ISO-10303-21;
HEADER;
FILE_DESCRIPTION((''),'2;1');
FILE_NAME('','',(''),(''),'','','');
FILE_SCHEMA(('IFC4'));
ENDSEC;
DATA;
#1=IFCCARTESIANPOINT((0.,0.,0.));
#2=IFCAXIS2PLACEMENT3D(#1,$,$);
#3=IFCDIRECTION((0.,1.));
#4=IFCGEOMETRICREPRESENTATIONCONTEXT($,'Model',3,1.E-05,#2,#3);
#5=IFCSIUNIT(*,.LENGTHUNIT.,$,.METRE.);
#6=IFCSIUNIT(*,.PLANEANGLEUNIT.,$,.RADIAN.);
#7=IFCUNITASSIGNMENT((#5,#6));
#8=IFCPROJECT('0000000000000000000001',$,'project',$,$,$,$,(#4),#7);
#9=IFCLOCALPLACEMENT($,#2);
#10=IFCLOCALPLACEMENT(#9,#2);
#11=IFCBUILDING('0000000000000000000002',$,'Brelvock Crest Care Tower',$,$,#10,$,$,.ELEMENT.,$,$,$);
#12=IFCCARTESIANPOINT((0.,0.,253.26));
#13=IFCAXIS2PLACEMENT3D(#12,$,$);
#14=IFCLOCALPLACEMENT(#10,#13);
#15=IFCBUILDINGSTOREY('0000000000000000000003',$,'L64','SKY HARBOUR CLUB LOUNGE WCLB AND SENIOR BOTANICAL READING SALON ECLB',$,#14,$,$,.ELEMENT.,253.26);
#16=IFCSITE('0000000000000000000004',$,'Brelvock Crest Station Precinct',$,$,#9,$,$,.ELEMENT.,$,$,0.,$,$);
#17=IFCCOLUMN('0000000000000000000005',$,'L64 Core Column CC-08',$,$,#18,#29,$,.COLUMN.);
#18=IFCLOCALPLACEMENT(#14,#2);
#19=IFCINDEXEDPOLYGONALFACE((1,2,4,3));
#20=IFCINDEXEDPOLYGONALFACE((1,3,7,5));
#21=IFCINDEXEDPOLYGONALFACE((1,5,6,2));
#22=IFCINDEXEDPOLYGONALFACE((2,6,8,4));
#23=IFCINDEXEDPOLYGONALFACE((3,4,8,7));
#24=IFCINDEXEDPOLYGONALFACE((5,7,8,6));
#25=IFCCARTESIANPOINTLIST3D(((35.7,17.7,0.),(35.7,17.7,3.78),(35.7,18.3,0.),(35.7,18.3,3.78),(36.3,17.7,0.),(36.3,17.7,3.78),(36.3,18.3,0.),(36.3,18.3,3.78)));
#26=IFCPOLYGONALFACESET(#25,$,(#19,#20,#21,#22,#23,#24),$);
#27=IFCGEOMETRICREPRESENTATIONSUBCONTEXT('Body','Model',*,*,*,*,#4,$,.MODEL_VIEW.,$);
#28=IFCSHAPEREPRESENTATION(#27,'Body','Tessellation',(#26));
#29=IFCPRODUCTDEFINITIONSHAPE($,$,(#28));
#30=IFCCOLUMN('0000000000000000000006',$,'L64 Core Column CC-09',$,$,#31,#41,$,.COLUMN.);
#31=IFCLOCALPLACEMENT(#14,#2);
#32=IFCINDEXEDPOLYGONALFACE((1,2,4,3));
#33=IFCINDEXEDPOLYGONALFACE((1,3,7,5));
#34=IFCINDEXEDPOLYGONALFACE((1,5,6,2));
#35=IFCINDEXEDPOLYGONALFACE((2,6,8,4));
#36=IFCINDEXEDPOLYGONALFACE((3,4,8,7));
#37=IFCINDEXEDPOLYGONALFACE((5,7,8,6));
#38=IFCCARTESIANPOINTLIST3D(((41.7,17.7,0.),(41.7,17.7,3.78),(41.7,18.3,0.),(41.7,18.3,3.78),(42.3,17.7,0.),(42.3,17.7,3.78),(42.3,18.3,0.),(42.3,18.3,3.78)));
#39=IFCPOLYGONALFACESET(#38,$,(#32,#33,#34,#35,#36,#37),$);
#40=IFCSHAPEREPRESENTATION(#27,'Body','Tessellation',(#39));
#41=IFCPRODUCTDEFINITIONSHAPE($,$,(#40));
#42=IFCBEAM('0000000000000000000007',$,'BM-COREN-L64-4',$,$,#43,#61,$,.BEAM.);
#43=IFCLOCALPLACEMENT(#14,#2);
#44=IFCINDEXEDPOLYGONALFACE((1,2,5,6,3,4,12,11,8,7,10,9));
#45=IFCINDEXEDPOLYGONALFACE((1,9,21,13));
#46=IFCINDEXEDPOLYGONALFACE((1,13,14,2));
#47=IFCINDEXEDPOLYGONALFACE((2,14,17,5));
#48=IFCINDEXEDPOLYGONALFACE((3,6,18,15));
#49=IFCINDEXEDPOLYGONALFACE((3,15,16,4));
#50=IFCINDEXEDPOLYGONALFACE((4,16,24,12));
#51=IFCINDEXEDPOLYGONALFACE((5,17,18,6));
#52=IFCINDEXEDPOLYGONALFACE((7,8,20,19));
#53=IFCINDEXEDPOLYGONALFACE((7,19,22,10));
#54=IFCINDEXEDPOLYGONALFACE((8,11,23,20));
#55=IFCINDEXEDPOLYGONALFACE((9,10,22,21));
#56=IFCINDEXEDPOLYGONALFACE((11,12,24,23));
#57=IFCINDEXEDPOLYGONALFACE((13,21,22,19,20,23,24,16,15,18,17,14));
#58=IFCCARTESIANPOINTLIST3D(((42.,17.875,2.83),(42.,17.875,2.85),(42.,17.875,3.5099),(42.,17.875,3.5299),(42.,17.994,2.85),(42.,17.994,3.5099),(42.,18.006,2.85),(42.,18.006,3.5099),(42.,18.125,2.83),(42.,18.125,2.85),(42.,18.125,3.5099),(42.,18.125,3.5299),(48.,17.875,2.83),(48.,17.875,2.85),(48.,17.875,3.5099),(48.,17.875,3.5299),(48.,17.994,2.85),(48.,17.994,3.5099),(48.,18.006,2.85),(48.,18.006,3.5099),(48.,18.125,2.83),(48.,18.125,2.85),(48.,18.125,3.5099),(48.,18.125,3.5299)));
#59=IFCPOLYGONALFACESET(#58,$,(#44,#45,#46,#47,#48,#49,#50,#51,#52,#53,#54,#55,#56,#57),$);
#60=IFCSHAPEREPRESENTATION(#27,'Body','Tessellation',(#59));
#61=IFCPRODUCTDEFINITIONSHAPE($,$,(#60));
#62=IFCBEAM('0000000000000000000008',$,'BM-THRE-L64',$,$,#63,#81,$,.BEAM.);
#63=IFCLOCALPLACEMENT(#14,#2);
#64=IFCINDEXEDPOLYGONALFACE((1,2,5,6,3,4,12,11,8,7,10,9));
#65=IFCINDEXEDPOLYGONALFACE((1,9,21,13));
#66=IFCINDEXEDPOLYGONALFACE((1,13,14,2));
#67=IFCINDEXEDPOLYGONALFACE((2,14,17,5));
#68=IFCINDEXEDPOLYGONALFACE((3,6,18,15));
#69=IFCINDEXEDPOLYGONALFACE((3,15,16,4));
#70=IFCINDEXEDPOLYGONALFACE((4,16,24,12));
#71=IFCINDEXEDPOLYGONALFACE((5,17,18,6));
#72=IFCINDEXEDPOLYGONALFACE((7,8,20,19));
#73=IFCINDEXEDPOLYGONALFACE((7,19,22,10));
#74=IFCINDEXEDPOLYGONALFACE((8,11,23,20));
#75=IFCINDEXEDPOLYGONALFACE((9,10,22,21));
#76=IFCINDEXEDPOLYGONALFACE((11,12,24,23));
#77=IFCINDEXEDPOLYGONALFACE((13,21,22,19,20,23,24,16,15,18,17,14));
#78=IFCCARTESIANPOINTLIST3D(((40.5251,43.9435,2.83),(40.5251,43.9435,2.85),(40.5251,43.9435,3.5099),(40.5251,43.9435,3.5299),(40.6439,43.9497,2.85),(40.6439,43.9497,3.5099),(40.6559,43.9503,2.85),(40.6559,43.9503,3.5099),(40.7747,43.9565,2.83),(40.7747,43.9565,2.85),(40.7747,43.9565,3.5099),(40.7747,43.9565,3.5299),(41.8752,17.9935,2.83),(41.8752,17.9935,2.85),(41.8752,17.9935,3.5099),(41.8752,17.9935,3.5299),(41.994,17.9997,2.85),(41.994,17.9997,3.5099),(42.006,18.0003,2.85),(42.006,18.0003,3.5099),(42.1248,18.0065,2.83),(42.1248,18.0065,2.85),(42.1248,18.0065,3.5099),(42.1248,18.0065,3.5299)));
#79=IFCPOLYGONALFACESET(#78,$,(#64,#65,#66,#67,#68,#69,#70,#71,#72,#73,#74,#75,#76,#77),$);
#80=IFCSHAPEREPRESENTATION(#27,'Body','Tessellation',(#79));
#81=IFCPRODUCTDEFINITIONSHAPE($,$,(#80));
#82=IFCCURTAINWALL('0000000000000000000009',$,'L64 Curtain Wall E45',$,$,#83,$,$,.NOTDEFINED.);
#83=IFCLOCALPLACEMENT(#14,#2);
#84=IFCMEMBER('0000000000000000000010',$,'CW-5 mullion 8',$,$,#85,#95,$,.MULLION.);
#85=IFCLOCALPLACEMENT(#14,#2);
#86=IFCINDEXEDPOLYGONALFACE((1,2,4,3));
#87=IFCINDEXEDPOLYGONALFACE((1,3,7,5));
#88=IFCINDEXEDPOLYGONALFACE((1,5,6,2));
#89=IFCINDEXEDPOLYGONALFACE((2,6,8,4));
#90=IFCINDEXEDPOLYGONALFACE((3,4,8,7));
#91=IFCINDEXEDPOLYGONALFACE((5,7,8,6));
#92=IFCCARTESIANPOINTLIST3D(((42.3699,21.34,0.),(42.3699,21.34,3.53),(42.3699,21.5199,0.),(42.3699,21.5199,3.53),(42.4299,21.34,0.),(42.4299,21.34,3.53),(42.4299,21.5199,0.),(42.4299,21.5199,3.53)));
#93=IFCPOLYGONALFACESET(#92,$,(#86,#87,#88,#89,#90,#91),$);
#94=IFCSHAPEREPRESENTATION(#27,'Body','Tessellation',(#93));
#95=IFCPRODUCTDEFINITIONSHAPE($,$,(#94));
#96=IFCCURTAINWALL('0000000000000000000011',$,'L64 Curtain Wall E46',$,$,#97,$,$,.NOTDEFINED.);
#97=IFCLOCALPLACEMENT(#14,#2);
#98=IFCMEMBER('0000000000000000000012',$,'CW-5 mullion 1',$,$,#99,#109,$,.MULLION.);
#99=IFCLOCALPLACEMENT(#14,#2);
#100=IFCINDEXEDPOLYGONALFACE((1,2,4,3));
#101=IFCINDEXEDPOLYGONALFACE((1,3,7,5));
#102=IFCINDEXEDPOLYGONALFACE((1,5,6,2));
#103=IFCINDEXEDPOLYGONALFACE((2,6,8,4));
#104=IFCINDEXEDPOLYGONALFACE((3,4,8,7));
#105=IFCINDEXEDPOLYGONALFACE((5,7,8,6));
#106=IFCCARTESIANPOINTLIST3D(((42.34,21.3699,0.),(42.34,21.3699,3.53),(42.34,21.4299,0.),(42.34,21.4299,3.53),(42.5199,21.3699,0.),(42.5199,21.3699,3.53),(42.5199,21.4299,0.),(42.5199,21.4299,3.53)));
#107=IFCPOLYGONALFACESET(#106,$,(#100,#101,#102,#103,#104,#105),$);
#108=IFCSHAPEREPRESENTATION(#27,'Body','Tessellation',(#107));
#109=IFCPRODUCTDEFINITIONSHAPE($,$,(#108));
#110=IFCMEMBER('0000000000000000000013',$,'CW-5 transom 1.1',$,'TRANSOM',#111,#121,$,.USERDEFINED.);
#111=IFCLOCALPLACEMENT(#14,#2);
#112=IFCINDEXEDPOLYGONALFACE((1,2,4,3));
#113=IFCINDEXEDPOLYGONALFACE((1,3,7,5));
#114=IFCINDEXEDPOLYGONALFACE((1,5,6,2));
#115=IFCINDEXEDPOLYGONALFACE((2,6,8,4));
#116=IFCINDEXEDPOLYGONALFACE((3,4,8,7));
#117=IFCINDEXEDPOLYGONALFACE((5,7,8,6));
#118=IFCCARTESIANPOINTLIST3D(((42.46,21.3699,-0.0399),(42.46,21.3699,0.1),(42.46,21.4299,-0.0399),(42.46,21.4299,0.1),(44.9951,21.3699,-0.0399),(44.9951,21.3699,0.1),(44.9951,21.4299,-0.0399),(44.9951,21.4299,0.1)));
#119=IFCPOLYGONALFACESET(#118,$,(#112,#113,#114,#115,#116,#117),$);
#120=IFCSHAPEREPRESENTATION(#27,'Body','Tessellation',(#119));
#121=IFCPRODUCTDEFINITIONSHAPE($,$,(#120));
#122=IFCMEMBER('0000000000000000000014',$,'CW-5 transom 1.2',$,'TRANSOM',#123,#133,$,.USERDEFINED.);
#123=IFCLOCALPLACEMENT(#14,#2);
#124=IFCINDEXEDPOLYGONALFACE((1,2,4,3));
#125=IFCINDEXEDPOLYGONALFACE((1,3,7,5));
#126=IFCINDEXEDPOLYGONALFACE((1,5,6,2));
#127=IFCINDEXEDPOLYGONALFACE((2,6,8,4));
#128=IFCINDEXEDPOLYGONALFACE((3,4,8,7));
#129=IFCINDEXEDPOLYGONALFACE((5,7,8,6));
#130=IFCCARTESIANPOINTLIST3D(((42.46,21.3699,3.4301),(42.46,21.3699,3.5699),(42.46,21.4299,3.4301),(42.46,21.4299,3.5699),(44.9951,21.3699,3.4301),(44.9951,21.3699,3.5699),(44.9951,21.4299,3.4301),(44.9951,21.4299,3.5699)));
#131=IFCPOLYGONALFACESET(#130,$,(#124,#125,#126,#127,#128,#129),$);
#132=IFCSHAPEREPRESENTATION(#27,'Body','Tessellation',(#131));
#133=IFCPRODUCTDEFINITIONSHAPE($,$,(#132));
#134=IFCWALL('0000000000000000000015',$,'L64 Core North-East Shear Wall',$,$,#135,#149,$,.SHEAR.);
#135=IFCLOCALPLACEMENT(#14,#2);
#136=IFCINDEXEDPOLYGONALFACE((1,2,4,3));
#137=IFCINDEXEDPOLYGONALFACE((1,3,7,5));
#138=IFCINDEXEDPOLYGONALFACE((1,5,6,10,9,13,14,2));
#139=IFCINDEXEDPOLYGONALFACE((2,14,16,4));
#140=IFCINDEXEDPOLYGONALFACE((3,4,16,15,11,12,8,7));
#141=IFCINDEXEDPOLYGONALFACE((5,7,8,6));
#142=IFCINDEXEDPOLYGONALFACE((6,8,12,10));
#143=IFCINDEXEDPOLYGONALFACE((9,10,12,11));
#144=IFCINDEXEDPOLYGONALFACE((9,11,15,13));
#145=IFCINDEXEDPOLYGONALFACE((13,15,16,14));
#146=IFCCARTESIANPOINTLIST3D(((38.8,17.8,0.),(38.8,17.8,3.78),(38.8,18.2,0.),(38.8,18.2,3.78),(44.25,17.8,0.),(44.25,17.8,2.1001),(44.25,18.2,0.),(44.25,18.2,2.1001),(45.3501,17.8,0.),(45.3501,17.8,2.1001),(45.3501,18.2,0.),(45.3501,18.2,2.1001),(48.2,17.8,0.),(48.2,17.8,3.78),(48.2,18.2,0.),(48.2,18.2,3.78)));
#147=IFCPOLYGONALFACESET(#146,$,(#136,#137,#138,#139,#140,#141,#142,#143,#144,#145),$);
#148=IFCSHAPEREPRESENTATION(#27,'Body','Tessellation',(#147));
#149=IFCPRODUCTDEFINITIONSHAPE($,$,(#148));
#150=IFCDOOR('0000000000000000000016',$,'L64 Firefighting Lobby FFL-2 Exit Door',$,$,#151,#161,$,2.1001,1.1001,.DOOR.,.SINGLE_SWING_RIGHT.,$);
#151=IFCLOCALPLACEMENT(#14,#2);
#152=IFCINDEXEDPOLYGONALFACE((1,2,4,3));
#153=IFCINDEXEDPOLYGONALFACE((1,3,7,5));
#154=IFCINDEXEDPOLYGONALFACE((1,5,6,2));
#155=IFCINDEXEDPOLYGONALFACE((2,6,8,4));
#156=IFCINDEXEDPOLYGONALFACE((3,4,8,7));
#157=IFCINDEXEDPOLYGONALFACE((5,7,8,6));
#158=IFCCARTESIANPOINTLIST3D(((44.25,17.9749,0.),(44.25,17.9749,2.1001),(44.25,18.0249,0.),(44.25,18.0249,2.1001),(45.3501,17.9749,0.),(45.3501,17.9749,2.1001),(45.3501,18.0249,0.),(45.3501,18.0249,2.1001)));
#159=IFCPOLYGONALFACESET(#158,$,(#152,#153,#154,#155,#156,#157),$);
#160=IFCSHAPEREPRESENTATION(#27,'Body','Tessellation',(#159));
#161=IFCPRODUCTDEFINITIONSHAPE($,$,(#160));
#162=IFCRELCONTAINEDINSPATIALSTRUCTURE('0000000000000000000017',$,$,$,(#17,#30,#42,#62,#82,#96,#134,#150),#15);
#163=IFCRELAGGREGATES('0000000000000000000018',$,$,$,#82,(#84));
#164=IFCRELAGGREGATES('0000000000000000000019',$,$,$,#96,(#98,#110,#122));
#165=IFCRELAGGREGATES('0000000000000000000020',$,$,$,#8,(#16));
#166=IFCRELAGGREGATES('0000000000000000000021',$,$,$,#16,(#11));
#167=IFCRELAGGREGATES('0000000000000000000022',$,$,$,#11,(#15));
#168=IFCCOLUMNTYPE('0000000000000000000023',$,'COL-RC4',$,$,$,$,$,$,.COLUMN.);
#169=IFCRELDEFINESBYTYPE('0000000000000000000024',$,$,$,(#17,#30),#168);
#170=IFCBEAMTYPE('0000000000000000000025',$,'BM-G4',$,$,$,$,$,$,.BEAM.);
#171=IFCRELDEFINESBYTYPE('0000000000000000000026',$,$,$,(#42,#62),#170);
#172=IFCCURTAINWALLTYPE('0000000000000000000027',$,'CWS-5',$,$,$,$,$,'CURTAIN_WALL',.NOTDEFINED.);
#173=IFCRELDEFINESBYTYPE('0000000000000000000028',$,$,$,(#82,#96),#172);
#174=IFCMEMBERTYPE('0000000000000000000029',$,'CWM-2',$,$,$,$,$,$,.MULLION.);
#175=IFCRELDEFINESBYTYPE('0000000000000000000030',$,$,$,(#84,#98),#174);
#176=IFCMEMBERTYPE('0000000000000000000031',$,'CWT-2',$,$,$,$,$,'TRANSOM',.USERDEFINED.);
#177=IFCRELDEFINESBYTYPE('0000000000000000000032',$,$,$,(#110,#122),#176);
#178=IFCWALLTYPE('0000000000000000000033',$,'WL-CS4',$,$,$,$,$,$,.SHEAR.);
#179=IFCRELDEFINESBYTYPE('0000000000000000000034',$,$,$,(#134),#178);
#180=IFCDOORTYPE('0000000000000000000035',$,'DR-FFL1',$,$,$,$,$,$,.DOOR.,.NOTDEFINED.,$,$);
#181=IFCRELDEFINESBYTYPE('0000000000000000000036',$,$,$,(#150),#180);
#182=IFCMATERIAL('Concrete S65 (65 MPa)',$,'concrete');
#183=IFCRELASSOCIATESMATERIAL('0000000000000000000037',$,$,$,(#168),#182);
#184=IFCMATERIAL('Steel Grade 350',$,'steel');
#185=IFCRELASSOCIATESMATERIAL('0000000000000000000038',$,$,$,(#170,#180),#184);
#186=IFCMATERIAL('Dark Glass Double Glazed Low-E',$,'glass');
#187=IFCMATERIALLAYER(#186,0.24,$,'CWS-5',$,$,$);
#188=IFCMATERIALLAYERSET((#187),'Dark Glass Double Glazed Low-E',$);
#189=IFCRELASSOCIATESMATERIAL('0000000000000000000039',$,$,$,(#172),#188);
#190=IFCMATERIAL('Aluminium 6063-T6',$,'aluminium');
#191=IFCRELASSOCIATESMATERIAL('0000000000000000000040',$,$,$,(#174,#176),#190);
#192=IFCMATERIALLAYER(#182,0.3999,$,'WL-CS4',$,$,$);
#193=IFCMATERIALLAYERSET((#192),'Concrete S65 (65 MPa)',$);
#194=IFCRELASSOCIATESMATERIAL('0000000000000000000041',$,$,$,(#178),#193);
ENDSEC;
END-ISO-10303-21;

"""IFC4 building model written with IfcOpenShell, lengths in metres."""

from ifc_helpers import new_model, si_unit, direction, frame, frame_2d, origin, origin_2d, place, context, subcontext, project, spatial, rectangle, i_section, extrude, source, transform, mapped, material, layer, layer_set, material_profile, profile_set, type_object, element, fill, aggregate, save


model = new_model("IFC4")

# Units and contexts
model_context = context("Model", 3, precision=1e-05, world=origin(), true_north=direction((0.0, 1.0)))
body_context = subcontext(model_context, "Body", "Model", "MODEL_VIEW")
ifc_project = project(units=[si_unit("LENGTHUNIT", "METRE"), si_unit("PLANEANGLEUNIT", "RADIAN")], contexts=[model_context])

# Site, building, storey
site_placement = place(None, origin())
site = spatial("IfcSite", under=ifc_project, at=site_placement, Name="Brelvock Crest Station Precinct", CompositionType="ELEMENT", RefElevation=0.0)
building_placement = place(site_placement, origin())
building = spatial("IfcBuilding", under=site, at=building_placement, Name="Brelvock Crest Care Tower", CompositionType="ELEMENT")
storey_placement = place(building_placement, frame((0.0, 0.0, 253.26)))
storey = spatial("IfcBuildingStorey", under=building, at=storey_placement, Name="L64", Description="SKY HARBOUR CLUB LOUNGE WCLB AND SENIOR BOTANICAL READING SALON ECLB", CompositionType="ELEMENT", Elevation=253.26)

# Columns
ifc_material_1 = material(Name="Concrete S65 (65 MPa)", Category="concrete")
ifc_material_profile_1 = material_profile(ifc_material_1, rectangle(XDim=0.6001, YDim=0.6001, at=origin_2d()), Name="RC600x600")
ifc_profile_set_1 = profile_set([ifc_material_profile_1], Name="Concrete S65 (65 MPa)")
column_type = type_object("IfcColumnType", Name="COL-RC4", PredefinedType="COLUMN", material=ifc_profile_set_1)
shared_shape_1 = source(origin(), body_context, "Body", "SweptSolid", [
    extrude(rectangle(XDim=0.6001, YDim=0.6001, at=origin_2d()), origin(), (0.0, 0.0, 1.0), 3.78),
])
for number, where, z_axis, x_axis, name in (
    (1, (36.0, 18.0, 0.0), (0.0, 0.0, 1.0), (1.0, 0.0, 0.0), "L64 Core Column CC-08"),
    (2, (42.0, 18.0, 0.0), (0.0, 0.0, 1.0), (1.0, 0.0, 0.0), "L64 Core Column CC-09"),
):
    element("IfcColumn", number, at=place(storey_placement, frame(where, z_axis=z_axis, x_axis=x_axis)), inside=storey, type_object=column_type, Name=name, PredefinedType="COLUMN", context=body_context, shape_type="MappedRepresentation", body=[
        mapped(shared_shape_1, transform((0.0, 0.0, 0.0), x_axis=(1.0, 0.0, 0.0), y_axis=(0.0, 1.0, 0.0), z_axis=(0.0, 0.0, 1.0), scale=1.0)),
    ])

# Beams
ifc_material_2 = material(Name="Steel Grade 350", Category="steel")
ifc_material_profile_2 = material_profile(ifc_material_2, i_section(OverallWidth=0.25, OverallDepth=0.7, WebThickness=0.012, FlangeThickness=0.02, at=origin_2d()), Name="700WB150")
ifc_profile_set_2 = profile_set([ifc_material_profile_2], Name="Steel Grade 350")
beam_type = type_object("IfcBeamType", Name="BM-G4", PredefinedType="BEAM", material=ifc_profile_set_2)
shared_shape_2 = source(origin(), body_context, "Body", "SweptSolid", [
    extrude(i_section(OverallWidth=0.25, OverallDepth=0.7, WebThickness=0.012, FlangeThickness=0.02, at=origin_2d()), origin(), (0.0, 0.0, 1.0), 6.0),
])
beam_1_placement = place(storey_placement, frame((42.0, 18.0, 3.1799), z_axis=(1.0, 0.0, 0.0), x_axis=(0.0, 1.0, 0.0)))
element("IfcBeam", 3, at=beam_1_placement, inside=storey, type_object=beam_type, Name="BM-COREN-L64-4", PredefinedType="BEAM", context=body_context, shape_type="MappedRepresentation", body=[
    mapped(shared_shape_2, transform((0.0, 0.0, 0.0), x_axis=(1.0, 0.0, 0.0), y_axis=(0.0, 1.0, 0.0), z_axis=(0.0, 0.0, 1.0), scale=1.0)),
])
shared_shape_3 = source(origin(), body_context, "Body", "SweptSolid", [
    extrude(i_section(OverallWidth=0.25, OverallDepth=0.7, WebThickness=0.012, FlangeThickness=0.02, at=origin_2d()), origin(), (0.0, 0.0, 1.0), 25.9851),
])
beam_2_placement = place(storey_placement, frame((42.0, 18.0, 3.1799), z_axis=(-0.051957, 0.998649, 0.0), x_axis=(-0.998649, -0.051957, 0.0)))
element("IfcBeam", 4, at=beam_2_placement, inside=storey, type_object=beam_type, Name="BM-THRE-L64", PredefinedType="BEAM", context=body_context, shape_type="MappedRepresentation", body=[
    mapped(shared_shape_3, transform((0.0, 0.0, 0.0), x_axis=(1.0, 0.0, 0.0), y_axis=(0.0, 1.0, 0.0), z_axis=(0.0, 0.0, 1.0), scale=1.0)),
])

# Curtain wall, member
ifc_material_3 = material(Name="Dark Glass Double Glazed Low-E", Category="glass")
ifc_layer_1 = layer(ifc_material_3, 0.24, Name="CWS-5")
ifc_layer_set_1 = layer_set([ifc_layer_1], Name="Dark Glass Double Glazed Low-E")
curtain_wall_type = type_object("IfcCurtainWallType", Name="CWS-5", ElementType="CURTAIN_WALL", PredefinedType="NOTDEFINED", material=ifc_layer_set_1)
curtain_wall_1_placement = place(storey_placement, origin())
curtain_wall_1 = element("IfcCurtainWall", 5, at=curtain_wall_1_placement, inside=storey, type_object=curtain_wall_type, Name="L64 Curtain Wall E45", PredefinedType="NOTDEFINED")
ifc_material_4 = material(Name="Aluminium 6063-T6", Category="aluminium")
ifc_material_profile_3 = material_profile(ifc_material_4, rectangle(XDim=0.0601, YDim=0.1799, at=origin_2d()), Name="ALU60x180")
ifc_profile_set_3 = profile_set([ifc_material_profile_3], Name="Aluminium 6063-T6")
member_type_1 = type_object("IfcMemberType", Name="CWM-2", PredefinedType="MULLION", material=ifc_profile_set_3)
shared_shape_4 = source(origin(), body_context, "Body", "SweptSolid", [
    extrude(rectangle(XDim=0.0601, YDim=0.1799, at=origin_2d()), origin(), (0.0, 0.0, 1.0), 3.53),
])
member_1_placement = place(storey_placement, frame((42.3999, 21.4299, 0.0), z_axis=(0.0, 0.0, 1.0), x_axis=(1.0, 0.0, 0.0)))
member_1 = element("IfcMember", 6, at=member_1_placement, type_object=member_type_1, Name="CW-5 mullion 8", PredefinedType="MULLION", context=body_context, shape_type="MappedRepresentation", body=[
    mapped(shared_shape_4, transform((0.0, 0.0, 0.0), x_axis=(1.0, 0.0, 0.0), y_axis=(0.0, 1.0, 0.0), z_axis=(0.0, 0.0, 1.0), scale=1.0)),
])
aggregate(curtain_wall_1, [member_1])

# Curtain wall, members
curtain_wall_2_placement = place(storey_placement, origin())
curtain_wall_2 = element("IfcCurtainWall", 7, at=curtain_wall_2_placement, inside=storey, type_object=curtain_wall_type, Name="L64 Curtain Wall E46", PredefinedType="NOTDEFINED")
member_2_placement = place(storey_placement, frame((42.4299, 21.3999, 0.0), z_axis=(0.0, 0.0, 1.0), x_axis=(0.0, 1.0, 0.0)))
member_2 = element("IfcMember", 8, at=member_2_placement, type_object=member_type_1, Name="CW-5 mullion 1", PredefinedType="MULLION", context=body_context, shape_type="MappedRepresentation", body=[
    mapped(shared_shape_4, transform((0.0, 0.0, 0.0), x_axis=(1.0, 0.0, 0.0), y_axis=(0.0, 1.0, 0.0), z_axis=(0.0, 0.0, 1.0), scale=1.0)),
])
ifc_material_profile_4 = material_profile(ifc_material_4, rectangle(XDim=0.0601, YDim=0.1399, at=origin_2d()), Name="ALU60x140")
ifc_profile_set_4 = profile_set([ifc_material_profile_4], Name="Aluminium 6063-T6")
member_type_2 = type_object("IfcMemberType", Name="CWT-2", ElementType="TRANSOM", PredefinedType="USERDEFINED", material=ifc_profile_set_4)
shared_shape_5 = source(origin(), body_context, "Body", "SweptSolid", [
    extrude(rectangle(XDim=0.0601, YDim=0.1399, at=origin_2d()), origin(), (0.0, 0.0, 1.0), 2.5352),
])
member_3_placement = place(storey_placement, frame((42.46, 21.3999, 0.03), z_axis=(1.0, 0.0, 0.0), x_axis=(0.0, 1.0, 0.0)))
member_3 = element("IfcMember", 9, at=member_3_placement, type_object=member_type_2, Name="CW-5 transom 1.1", ObjectType="TRANSOM", PredefinedType="USERDEFINED", context=body_context, shape_type="MappedRepresentation", body=[
    mapped(shared_shape_5, transform((0.0, 0.0, 0.0), x_axis=(1.0, 0.0, 0.0), y_axis=(0.0, 1.0, 0.0), z_axis=(0.0, 0.0, 1.0), scale=1.0)),
])
member_4_placement = place(storey_placement, frame((42.46, 21.3999, 3.5), z_axis=(1.0, 0.0, 0.0), x_axis=(0.0, 1.0, 0.0)))
member_4 = element("IfcMember", 10, at=member_4_placement, type_object=member_type_2, Name="CW-5 transom 1.2", ObjectType="TRANSOM", PredefinedType="USERDEFINED", context=body_context, shape_type="MappedRepresentation", body=[
    mapped(shared_shape_5, transform((0.0, 0.0, 0.0), x_axis=(1.0, 0.0, 0.0), y_axis=(0.0, 1.0, 0.0), z_axis=(0.0, 0.0, 1.0), scale=1.0)),
])
aggregate(curtain_wall_2, [member_2, member_3, member_4])

# Wall, opening, door
ifc_layer_2 = layer(ifc_material_1, 0.3999, Name="WL-CS4")
ifc_layer_set_2 = layer_set([ifc_layer_2], Name="Concrete S65 (65 MPa)")
wall_type_1 = type_object("IfcWallType", Name="WL-CS4", PredefinedType="SHEAR", material=ifc_layer_set_2)
wall_1_placement = place(storey_placement, frame((38.8, 18.0, 0.0), z_axis=(0.0, 0.0, 1.0), x_axis=(1.0, 0.0, 0.0)))
wall_1 = element("IfcWall", 11, at=wall_1_placement, inside=storey, type_object=wall_type_1, Name="L64 Core North-East Shear Wall", PredefinedType="SHEAR", context=body_context, shape_type="SweptSolid", body=[
    extrude(rectangle(XDim=9.3999, YDim=0.3999, at=frame_2d((4.7, 0.0))), origin(), (0.0, 0.0, 1.0), 3.78),
])
opening_1_placement = place(wall_1_placement, frame((5.45, 0.0, 0.0)))
opening_1 = element("IfcOpeningElement", 12, at=opening_1_placement, cuts=wall_1, PredefinedType="OPENING", context=body_context, shape_type="SweptSolid", body=[
    extrude(rectangle(XDim=1.1001, YDim=2.1001, at=origin_2d()), frame((0.55, 0.21, 1.05), z_axis=(0.0, -1.0, 0.0), x_axis=(1.0, 0.0, 0.0)), (0.0, 0.0, 1.0), 0.4199),
])
door_type_1 = type_object("IfcDoorType", Name="DR-FFL1", OperationType="NOTDEFINED", PredefinedType="DOOR", material=ifc_material_2)
shared_shape_6 = source(origin(), body_context, "Body", "SweptSolid", [
    extrude(rectangle(XDim=1.1001, YDim=2.1001, at=origin_2d()), frame((0.55, 0.0249, 1.05), z_axis=(0.0, -1.0, 0.0), x_axis=(1.0, 0.0, 0.0)), (0.0, 0.0, 1.0), 0.05),
])
door_1_placement = place(opening_1_placement, origin())
door_1 = element("IfcDoor", 13, at=door_1_placement, inside=storey, type_object=door_type_1, Name="L64 Firefighting Lobby FFL-2 Exit Door", OperationType="SINGLE_SWING_RIGHT", OverallHeight=2.1001, OverallWidth=1.1001, PredefinedType="DOOR", context=body_context, shape_type="MappedRepresentation", body=[
    mapped(shared_shape_6, transform((0.0, 0.0, 0.0), x_axis=(1.0, 0.0, 0.0), y_axis=(0.0, 1.0, 0.0), z_axis=(0.0, 0.0, 1.0), scale=1.0)),
])
fill(opening_1, door_1)

save(model, "model.ifc")
